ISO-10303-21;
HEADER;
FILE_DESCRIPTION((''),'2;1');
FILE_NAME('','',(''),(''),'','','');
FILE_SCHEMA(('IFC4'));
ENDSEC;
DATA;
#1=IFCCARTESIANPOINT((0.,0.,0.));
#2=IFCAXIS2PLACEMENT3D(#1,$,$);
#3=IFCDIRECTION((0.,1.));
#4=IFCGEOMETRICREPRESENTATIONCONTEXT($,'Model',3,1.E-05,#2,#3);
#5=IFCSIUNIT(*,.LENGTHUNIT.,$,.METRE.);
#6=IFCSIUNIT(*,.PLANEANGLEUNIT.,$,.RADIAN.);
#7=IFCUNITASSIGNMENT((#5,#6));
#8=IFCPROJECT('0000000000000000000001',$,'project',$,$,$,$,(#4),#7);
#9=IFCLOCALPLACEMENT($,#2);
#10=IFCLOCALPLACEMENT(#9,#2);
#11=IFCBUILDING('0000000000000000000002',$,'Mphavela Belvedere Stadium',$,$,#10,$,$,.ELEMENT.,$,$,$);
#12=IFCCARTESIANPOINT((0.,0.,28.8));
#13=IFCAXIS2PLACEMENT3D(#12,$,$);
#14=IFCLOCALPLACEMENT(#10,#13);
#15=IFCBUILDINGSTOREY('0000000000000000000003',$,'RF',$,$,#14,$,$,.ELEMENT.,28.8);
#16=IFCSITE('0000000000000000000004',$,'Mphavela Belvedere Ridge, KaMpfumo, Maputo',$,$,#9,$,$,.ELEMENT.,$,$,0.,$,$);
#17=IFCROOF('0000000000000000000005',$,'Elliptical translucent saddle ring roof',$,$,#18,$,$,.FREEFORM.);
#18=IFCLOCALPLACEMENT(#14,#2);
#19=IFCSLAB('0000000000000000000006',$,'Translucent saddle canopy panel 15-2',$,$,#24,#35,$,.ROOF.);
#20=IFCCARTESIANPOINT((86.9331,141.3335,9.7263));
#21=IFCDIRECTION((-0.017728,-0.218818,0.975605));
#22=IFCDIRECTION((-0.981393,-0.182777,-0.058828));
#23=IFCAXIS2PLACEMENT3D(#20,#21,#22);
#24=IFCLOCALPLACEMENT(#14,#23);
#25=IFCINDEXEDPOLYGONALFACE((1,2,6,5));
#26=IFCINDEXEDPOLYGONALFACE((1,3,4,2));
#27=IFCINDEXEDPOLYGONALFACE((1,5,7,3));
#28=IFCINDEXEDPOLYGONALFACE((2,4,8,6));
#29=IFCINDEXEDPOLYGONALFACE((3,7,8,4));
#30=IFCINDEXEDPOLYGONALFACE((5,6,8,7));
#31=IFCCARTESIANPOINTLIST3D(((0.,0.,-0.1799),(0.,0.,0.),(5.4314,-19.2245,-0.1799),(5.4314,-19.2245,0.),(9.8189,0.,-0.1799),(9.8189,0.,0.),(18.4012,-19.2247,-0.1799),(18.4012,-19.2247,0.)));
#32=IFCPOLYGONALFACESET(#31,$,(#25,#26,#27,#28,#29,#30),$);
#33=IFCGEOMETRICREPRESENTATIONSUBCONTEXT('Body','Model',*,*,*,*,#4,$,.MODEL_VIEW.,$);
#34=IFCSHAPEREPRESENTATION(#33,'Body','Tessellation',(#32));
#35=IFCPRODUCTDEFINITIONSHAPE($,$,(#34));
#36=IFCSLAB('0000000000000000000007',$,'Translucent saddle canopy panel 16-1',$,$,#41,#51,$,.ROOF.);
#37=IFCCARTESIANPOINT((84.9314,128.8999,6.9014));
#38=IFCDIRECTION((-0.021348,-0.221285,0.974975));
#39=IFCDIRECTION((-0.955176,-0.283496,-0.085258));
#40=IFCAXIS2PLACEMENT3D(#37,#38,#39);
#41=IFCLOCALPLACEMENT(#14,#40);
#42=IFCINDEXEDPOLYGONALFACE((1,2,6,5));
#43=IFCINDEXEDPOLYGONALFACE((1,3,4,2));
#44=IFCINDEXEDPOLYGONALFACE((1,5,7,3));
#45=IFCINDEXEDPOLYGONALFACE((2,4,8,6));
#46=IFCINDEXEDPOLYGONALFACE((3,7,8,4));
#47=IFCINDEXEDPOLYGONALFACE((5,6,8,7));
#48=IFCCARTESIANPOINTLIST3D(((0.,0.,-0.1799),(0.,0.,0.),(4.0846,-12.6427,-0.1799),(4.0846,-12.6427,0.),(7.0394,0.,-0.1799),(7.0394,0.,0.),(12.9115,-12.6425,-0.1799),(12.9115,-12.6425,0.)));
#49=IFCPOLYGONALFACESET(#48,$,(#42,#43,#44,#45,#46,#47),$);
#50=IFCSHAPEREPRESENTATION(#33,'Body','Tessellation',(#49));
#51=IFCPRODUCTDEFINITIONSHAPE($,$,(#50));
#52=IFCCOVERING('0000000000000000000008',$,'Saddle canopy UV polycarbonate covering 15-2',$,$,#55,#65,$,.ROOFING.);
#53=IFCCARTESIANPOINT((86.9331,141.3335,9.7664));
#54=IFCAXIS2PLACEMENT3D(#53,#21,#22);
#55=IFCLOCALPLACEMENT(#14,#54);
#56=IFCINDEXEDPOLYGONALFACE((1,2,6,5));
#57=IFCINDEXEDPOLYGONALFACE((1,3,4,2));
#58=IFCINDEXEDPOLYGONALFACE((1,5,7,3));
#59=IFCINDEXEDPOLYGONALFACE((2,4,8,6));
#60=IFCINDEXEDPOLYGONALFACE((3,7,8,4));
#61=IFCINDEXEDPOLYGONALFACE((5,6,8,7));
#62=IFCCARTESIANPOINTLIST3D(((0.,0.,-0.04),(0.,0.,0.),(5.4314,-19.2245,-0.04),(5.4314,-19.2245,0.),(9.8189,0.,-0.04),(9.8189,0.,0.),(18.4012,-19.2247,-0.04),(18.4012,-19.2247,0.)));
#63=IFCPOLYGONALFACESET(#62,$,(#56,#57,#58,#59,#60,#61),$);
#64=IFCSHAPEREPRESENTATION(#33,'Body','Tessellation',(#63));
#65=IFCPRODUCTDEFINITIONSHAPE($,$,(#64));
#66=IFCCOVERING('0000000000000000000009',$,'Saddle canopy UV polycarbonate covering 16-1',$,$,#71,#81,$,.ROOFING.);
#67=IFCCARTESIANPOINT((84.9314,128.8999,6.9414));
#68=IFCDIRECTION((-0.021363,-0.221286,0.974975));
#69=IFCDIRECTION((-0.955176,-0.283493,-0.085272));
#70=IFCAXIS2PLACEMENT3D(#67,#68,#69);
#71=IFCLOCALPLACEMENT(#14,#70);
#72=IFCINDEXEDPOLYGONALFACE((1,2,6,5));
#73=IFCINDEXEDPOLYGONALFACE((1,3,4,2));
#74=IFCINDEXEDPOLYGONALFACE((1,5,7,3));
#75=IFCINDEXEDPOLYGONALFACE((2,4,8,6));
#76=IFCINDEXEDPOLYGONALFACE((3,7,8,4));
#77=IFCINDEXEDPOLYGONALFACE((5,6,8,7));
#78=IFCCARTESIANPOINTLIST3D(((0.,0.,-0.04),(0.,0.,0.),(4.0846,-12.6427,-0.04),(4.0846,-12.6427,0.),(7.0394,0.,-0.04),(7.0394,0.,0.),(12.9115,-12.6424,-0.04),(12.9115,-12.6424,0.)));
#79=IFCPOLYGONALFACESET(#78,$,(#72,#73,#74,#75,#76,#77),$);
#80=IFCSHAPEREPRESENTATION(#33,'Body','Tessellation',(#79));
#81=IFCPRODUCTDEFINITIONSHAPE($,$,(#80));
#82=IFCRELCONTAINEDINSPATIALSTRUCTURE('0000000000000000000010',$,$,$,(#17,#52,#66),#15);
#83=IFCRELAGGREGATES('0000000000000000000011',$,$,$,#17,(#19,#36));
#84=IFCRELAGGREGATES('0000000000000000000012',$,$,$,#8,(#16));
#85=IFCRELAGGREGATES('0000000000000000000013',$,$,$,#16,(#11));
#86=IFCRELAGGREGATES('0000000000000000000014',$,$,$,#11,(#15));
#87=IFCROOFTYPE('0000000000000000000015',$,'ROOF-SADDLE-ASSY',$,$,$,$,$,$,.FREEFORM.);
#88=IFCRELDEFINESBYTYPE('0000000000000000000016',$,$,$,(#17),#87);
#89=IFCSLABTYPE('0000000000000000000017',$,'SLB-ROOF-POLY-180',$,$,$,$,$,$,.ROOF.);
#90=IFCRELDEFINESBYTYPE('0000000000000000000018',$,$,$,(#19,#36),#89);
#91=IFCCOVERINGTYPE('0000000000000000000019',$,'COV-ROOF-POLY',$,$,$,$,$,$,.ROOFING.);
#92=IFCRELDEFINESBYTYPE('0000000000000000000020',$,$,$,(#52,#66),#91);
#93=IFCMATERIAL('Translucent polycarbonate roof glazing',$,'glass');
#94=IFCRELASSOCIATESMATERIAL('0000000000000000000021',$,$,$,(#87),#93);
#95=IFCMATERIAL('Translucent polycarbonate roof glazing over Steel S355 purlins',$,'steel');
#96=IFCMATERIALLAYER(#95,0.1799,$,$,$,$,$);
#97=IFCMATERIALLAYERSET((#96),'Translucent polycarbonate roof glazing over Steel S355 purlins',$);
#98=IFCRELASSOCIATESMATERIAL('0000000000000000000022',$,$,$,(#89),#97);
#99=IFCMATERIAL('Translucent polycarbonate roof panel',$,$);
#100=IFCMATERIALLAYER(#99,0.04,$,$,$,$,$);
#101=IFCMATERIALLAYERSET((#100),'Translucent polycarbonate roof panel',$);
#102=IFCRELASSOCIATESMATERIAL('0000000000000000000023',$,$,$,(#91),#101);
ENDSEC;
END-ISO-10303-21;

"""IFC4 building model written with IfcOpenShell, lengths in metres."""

from ifc_helpers import new_model, si_unit, direction, frame, origin, place, context, subcontext, project, spatial, polyline, outline, extrude, material, layer, layer_set, type_object, element, aggregate, save


model = new_model("IFC4")

# Units and contexts
model_context = context("Model", 3, precision=1e-05, world=origin(), true_north=direction((0.0, 1.0)))
body_context = subcontext(model_context, "Body", "Model", "MODEL_VIEW")
ifc_project = project(units=[si_unit("LENGTHUNIT", "METRE"), si_unit("PLANEANGLEUNIT", "RADIAN")], contexts=[model_context])

# Site, building, storey
site_placement = place(None, origin())
site = spatial("IfcSite", under=ifc_project, at=site_placement, Name="Mphavela Belvedere Ridge, KaMpfumo, Maputo", CompositionType="ELEMENT", RefElevation=0.0)
building_placement = place(site_placement, origin())
building = spatial("IfcBuilding", under=site, at=building_placement, Name="Mphavela Belvedere Stadium", CompositionType="ELEMENT")
storey_placement = place(building_placement, frame((0.0, 0.0, 28.8)))
storey = spatial("IfcBuildingStorey", under=building, at=storey_placement, Name="RF", CompositionType="ELEMENT", Elevation=28.8)

# Roof, slabs
ifc_material_1 = material(Name="Translucent polycarbonate roof glazing", Category="glass")
roof_type = type_object("IfcRoofType", Name="ROOF-SADDLE-ASSY", PredefinedType="FREEFORM", material=ifc_material_1)
roof_placement = place(storey_placement, origin())
roof = element("IfcRoof", 1, at=roof_placement, inside=storey, type_object=roof_type, Name="Elliptical translucent saddle ring roof", PredefinedType="FREEFORM")
ifc_material_2 = material(Name="Translucent polycarbonate roof glazing over Steel S355 purlins", Category="steel")
ifc_layer_1 = layer(ifc_material_2, 0.1799)
ifc_layer_set_1 = layer_set([ifc_layer_1], Name="Translucent polycarbonate roof glazing over Steel S355 purlins")
slab_type = type_object("IfcSlabType", Name="SLB-ROOF-POLY-180", PredefinedType="ROOF", material=ifc_layer_set_1)
slab_1_placement = place(storey_placement, frame((86.9331, 141.3335, 9.7263), z_axis=(-0.017728, -0.218818, 0.975605), x_axis=(-0.981393, -0.182777, -0.058828)))
slab_1 = element("IfcSlab", 2, at=slab_1_placement, type_object=slab_type, Name="Translucent saddle canopy panel 15-2", PredefinedType="ROOF", context=body_context, shape_type="SweptSolid", body=[
    extrude(outline(polyline([(0.0, 0.0), (9.8189, 0.0), (18.4012, -19.2247), (5.4314, -19.2245), (0.0, 0.0)])), origin(), (0.0, 0.0, -1.0), 0.1799),
])
slab_2_placement = place(storey_placement, frame((84.9314, 128.8999, 6.9014), z_axis=(-0.021348, -0.221285, 0.974975), x_axis=(-0.955176, -0.283496, -0.085258)))
slab_2 = element("IfcSlab", 3, at=slab_2_placement, type_object=slab_type, Name="Translucent saddle canopy panel 16-1", PredefinedType="ROOF", context=body_context, shape_type="SweptSolid", body=[
    extrude(outline(polyline([(0.0, 0.0), (7.0394, 0.0), (12.9115, -12.6425), (4.0846, -12.6427), (0.0, 0.0)])), origin(), (0.0, 0.0, -1.0), 0.1799),
])
aggregate(roof, [slab_1, slab_2])

# Coverings
ifc_material_3 = material(Name="Translucent polycarbonate roof panel")
ifc_layer_2 = layer(ifc_material_3, 0.04)
ifc_layer_set_2 = layer_set([ifc_layer_2], Name="Translucent polycarbonate roof panel")
covering_type = type_object("IfcCoveringType", Name="COV-ROOF-POLY", PredefinedType="ROOFING", material=ifc_layer_set_2)
covering_1_placement = place(storey_placement, frame((86.9331, 141.3335, 9.7664), z_axis=(-0.017728, -0.218818, 0.975605), x_axis=(-0.981393, -0.182777, -0.058828)))
element("IfcCovering", 4, at=covering_1_placement, inside=storey, type_object=covering_type, Name="Saddle canopy UV polycarbonate covering 15-2", PredefinedType="ROOFING", context=body_context, shape_type="SweptSolid", body=[
    extrude(outline(polyline([(0.0, 0.0), (9.8189, 0.0), (18.4012, -19.2247), (5.4314, -19.2245), (0.0, 0.0)])), origin(), (0.0, 0.0, -1.0), 0.04),
])
covering_2_placement = place(storey_placement, frame((84.9314, 128.8999, 6.9414), z_axis=(-0.021363, -0.221286, 0.974975), x_axis=(-0.955176, -0.283493, -0.085272)))
element("IfcCovering", 5, at=covering_2_placement, inside=storey, type_object=covering_type, Name="Saddle canopy UV polycarbonate covering 16-1", PredefinedType="ROOFING", context=body_context, shape_type="SweptSolid", body=[
    extrude(outline(polyline([(0.0, 0.0), (7.0394, 0.0), (12.9115, -12.6424), (4.0846, -12.6427), (0.0, 0.0)])), origin(), (0.0, 0.0, -1.0), 0.04),
])

save(model, "model.ifc")
